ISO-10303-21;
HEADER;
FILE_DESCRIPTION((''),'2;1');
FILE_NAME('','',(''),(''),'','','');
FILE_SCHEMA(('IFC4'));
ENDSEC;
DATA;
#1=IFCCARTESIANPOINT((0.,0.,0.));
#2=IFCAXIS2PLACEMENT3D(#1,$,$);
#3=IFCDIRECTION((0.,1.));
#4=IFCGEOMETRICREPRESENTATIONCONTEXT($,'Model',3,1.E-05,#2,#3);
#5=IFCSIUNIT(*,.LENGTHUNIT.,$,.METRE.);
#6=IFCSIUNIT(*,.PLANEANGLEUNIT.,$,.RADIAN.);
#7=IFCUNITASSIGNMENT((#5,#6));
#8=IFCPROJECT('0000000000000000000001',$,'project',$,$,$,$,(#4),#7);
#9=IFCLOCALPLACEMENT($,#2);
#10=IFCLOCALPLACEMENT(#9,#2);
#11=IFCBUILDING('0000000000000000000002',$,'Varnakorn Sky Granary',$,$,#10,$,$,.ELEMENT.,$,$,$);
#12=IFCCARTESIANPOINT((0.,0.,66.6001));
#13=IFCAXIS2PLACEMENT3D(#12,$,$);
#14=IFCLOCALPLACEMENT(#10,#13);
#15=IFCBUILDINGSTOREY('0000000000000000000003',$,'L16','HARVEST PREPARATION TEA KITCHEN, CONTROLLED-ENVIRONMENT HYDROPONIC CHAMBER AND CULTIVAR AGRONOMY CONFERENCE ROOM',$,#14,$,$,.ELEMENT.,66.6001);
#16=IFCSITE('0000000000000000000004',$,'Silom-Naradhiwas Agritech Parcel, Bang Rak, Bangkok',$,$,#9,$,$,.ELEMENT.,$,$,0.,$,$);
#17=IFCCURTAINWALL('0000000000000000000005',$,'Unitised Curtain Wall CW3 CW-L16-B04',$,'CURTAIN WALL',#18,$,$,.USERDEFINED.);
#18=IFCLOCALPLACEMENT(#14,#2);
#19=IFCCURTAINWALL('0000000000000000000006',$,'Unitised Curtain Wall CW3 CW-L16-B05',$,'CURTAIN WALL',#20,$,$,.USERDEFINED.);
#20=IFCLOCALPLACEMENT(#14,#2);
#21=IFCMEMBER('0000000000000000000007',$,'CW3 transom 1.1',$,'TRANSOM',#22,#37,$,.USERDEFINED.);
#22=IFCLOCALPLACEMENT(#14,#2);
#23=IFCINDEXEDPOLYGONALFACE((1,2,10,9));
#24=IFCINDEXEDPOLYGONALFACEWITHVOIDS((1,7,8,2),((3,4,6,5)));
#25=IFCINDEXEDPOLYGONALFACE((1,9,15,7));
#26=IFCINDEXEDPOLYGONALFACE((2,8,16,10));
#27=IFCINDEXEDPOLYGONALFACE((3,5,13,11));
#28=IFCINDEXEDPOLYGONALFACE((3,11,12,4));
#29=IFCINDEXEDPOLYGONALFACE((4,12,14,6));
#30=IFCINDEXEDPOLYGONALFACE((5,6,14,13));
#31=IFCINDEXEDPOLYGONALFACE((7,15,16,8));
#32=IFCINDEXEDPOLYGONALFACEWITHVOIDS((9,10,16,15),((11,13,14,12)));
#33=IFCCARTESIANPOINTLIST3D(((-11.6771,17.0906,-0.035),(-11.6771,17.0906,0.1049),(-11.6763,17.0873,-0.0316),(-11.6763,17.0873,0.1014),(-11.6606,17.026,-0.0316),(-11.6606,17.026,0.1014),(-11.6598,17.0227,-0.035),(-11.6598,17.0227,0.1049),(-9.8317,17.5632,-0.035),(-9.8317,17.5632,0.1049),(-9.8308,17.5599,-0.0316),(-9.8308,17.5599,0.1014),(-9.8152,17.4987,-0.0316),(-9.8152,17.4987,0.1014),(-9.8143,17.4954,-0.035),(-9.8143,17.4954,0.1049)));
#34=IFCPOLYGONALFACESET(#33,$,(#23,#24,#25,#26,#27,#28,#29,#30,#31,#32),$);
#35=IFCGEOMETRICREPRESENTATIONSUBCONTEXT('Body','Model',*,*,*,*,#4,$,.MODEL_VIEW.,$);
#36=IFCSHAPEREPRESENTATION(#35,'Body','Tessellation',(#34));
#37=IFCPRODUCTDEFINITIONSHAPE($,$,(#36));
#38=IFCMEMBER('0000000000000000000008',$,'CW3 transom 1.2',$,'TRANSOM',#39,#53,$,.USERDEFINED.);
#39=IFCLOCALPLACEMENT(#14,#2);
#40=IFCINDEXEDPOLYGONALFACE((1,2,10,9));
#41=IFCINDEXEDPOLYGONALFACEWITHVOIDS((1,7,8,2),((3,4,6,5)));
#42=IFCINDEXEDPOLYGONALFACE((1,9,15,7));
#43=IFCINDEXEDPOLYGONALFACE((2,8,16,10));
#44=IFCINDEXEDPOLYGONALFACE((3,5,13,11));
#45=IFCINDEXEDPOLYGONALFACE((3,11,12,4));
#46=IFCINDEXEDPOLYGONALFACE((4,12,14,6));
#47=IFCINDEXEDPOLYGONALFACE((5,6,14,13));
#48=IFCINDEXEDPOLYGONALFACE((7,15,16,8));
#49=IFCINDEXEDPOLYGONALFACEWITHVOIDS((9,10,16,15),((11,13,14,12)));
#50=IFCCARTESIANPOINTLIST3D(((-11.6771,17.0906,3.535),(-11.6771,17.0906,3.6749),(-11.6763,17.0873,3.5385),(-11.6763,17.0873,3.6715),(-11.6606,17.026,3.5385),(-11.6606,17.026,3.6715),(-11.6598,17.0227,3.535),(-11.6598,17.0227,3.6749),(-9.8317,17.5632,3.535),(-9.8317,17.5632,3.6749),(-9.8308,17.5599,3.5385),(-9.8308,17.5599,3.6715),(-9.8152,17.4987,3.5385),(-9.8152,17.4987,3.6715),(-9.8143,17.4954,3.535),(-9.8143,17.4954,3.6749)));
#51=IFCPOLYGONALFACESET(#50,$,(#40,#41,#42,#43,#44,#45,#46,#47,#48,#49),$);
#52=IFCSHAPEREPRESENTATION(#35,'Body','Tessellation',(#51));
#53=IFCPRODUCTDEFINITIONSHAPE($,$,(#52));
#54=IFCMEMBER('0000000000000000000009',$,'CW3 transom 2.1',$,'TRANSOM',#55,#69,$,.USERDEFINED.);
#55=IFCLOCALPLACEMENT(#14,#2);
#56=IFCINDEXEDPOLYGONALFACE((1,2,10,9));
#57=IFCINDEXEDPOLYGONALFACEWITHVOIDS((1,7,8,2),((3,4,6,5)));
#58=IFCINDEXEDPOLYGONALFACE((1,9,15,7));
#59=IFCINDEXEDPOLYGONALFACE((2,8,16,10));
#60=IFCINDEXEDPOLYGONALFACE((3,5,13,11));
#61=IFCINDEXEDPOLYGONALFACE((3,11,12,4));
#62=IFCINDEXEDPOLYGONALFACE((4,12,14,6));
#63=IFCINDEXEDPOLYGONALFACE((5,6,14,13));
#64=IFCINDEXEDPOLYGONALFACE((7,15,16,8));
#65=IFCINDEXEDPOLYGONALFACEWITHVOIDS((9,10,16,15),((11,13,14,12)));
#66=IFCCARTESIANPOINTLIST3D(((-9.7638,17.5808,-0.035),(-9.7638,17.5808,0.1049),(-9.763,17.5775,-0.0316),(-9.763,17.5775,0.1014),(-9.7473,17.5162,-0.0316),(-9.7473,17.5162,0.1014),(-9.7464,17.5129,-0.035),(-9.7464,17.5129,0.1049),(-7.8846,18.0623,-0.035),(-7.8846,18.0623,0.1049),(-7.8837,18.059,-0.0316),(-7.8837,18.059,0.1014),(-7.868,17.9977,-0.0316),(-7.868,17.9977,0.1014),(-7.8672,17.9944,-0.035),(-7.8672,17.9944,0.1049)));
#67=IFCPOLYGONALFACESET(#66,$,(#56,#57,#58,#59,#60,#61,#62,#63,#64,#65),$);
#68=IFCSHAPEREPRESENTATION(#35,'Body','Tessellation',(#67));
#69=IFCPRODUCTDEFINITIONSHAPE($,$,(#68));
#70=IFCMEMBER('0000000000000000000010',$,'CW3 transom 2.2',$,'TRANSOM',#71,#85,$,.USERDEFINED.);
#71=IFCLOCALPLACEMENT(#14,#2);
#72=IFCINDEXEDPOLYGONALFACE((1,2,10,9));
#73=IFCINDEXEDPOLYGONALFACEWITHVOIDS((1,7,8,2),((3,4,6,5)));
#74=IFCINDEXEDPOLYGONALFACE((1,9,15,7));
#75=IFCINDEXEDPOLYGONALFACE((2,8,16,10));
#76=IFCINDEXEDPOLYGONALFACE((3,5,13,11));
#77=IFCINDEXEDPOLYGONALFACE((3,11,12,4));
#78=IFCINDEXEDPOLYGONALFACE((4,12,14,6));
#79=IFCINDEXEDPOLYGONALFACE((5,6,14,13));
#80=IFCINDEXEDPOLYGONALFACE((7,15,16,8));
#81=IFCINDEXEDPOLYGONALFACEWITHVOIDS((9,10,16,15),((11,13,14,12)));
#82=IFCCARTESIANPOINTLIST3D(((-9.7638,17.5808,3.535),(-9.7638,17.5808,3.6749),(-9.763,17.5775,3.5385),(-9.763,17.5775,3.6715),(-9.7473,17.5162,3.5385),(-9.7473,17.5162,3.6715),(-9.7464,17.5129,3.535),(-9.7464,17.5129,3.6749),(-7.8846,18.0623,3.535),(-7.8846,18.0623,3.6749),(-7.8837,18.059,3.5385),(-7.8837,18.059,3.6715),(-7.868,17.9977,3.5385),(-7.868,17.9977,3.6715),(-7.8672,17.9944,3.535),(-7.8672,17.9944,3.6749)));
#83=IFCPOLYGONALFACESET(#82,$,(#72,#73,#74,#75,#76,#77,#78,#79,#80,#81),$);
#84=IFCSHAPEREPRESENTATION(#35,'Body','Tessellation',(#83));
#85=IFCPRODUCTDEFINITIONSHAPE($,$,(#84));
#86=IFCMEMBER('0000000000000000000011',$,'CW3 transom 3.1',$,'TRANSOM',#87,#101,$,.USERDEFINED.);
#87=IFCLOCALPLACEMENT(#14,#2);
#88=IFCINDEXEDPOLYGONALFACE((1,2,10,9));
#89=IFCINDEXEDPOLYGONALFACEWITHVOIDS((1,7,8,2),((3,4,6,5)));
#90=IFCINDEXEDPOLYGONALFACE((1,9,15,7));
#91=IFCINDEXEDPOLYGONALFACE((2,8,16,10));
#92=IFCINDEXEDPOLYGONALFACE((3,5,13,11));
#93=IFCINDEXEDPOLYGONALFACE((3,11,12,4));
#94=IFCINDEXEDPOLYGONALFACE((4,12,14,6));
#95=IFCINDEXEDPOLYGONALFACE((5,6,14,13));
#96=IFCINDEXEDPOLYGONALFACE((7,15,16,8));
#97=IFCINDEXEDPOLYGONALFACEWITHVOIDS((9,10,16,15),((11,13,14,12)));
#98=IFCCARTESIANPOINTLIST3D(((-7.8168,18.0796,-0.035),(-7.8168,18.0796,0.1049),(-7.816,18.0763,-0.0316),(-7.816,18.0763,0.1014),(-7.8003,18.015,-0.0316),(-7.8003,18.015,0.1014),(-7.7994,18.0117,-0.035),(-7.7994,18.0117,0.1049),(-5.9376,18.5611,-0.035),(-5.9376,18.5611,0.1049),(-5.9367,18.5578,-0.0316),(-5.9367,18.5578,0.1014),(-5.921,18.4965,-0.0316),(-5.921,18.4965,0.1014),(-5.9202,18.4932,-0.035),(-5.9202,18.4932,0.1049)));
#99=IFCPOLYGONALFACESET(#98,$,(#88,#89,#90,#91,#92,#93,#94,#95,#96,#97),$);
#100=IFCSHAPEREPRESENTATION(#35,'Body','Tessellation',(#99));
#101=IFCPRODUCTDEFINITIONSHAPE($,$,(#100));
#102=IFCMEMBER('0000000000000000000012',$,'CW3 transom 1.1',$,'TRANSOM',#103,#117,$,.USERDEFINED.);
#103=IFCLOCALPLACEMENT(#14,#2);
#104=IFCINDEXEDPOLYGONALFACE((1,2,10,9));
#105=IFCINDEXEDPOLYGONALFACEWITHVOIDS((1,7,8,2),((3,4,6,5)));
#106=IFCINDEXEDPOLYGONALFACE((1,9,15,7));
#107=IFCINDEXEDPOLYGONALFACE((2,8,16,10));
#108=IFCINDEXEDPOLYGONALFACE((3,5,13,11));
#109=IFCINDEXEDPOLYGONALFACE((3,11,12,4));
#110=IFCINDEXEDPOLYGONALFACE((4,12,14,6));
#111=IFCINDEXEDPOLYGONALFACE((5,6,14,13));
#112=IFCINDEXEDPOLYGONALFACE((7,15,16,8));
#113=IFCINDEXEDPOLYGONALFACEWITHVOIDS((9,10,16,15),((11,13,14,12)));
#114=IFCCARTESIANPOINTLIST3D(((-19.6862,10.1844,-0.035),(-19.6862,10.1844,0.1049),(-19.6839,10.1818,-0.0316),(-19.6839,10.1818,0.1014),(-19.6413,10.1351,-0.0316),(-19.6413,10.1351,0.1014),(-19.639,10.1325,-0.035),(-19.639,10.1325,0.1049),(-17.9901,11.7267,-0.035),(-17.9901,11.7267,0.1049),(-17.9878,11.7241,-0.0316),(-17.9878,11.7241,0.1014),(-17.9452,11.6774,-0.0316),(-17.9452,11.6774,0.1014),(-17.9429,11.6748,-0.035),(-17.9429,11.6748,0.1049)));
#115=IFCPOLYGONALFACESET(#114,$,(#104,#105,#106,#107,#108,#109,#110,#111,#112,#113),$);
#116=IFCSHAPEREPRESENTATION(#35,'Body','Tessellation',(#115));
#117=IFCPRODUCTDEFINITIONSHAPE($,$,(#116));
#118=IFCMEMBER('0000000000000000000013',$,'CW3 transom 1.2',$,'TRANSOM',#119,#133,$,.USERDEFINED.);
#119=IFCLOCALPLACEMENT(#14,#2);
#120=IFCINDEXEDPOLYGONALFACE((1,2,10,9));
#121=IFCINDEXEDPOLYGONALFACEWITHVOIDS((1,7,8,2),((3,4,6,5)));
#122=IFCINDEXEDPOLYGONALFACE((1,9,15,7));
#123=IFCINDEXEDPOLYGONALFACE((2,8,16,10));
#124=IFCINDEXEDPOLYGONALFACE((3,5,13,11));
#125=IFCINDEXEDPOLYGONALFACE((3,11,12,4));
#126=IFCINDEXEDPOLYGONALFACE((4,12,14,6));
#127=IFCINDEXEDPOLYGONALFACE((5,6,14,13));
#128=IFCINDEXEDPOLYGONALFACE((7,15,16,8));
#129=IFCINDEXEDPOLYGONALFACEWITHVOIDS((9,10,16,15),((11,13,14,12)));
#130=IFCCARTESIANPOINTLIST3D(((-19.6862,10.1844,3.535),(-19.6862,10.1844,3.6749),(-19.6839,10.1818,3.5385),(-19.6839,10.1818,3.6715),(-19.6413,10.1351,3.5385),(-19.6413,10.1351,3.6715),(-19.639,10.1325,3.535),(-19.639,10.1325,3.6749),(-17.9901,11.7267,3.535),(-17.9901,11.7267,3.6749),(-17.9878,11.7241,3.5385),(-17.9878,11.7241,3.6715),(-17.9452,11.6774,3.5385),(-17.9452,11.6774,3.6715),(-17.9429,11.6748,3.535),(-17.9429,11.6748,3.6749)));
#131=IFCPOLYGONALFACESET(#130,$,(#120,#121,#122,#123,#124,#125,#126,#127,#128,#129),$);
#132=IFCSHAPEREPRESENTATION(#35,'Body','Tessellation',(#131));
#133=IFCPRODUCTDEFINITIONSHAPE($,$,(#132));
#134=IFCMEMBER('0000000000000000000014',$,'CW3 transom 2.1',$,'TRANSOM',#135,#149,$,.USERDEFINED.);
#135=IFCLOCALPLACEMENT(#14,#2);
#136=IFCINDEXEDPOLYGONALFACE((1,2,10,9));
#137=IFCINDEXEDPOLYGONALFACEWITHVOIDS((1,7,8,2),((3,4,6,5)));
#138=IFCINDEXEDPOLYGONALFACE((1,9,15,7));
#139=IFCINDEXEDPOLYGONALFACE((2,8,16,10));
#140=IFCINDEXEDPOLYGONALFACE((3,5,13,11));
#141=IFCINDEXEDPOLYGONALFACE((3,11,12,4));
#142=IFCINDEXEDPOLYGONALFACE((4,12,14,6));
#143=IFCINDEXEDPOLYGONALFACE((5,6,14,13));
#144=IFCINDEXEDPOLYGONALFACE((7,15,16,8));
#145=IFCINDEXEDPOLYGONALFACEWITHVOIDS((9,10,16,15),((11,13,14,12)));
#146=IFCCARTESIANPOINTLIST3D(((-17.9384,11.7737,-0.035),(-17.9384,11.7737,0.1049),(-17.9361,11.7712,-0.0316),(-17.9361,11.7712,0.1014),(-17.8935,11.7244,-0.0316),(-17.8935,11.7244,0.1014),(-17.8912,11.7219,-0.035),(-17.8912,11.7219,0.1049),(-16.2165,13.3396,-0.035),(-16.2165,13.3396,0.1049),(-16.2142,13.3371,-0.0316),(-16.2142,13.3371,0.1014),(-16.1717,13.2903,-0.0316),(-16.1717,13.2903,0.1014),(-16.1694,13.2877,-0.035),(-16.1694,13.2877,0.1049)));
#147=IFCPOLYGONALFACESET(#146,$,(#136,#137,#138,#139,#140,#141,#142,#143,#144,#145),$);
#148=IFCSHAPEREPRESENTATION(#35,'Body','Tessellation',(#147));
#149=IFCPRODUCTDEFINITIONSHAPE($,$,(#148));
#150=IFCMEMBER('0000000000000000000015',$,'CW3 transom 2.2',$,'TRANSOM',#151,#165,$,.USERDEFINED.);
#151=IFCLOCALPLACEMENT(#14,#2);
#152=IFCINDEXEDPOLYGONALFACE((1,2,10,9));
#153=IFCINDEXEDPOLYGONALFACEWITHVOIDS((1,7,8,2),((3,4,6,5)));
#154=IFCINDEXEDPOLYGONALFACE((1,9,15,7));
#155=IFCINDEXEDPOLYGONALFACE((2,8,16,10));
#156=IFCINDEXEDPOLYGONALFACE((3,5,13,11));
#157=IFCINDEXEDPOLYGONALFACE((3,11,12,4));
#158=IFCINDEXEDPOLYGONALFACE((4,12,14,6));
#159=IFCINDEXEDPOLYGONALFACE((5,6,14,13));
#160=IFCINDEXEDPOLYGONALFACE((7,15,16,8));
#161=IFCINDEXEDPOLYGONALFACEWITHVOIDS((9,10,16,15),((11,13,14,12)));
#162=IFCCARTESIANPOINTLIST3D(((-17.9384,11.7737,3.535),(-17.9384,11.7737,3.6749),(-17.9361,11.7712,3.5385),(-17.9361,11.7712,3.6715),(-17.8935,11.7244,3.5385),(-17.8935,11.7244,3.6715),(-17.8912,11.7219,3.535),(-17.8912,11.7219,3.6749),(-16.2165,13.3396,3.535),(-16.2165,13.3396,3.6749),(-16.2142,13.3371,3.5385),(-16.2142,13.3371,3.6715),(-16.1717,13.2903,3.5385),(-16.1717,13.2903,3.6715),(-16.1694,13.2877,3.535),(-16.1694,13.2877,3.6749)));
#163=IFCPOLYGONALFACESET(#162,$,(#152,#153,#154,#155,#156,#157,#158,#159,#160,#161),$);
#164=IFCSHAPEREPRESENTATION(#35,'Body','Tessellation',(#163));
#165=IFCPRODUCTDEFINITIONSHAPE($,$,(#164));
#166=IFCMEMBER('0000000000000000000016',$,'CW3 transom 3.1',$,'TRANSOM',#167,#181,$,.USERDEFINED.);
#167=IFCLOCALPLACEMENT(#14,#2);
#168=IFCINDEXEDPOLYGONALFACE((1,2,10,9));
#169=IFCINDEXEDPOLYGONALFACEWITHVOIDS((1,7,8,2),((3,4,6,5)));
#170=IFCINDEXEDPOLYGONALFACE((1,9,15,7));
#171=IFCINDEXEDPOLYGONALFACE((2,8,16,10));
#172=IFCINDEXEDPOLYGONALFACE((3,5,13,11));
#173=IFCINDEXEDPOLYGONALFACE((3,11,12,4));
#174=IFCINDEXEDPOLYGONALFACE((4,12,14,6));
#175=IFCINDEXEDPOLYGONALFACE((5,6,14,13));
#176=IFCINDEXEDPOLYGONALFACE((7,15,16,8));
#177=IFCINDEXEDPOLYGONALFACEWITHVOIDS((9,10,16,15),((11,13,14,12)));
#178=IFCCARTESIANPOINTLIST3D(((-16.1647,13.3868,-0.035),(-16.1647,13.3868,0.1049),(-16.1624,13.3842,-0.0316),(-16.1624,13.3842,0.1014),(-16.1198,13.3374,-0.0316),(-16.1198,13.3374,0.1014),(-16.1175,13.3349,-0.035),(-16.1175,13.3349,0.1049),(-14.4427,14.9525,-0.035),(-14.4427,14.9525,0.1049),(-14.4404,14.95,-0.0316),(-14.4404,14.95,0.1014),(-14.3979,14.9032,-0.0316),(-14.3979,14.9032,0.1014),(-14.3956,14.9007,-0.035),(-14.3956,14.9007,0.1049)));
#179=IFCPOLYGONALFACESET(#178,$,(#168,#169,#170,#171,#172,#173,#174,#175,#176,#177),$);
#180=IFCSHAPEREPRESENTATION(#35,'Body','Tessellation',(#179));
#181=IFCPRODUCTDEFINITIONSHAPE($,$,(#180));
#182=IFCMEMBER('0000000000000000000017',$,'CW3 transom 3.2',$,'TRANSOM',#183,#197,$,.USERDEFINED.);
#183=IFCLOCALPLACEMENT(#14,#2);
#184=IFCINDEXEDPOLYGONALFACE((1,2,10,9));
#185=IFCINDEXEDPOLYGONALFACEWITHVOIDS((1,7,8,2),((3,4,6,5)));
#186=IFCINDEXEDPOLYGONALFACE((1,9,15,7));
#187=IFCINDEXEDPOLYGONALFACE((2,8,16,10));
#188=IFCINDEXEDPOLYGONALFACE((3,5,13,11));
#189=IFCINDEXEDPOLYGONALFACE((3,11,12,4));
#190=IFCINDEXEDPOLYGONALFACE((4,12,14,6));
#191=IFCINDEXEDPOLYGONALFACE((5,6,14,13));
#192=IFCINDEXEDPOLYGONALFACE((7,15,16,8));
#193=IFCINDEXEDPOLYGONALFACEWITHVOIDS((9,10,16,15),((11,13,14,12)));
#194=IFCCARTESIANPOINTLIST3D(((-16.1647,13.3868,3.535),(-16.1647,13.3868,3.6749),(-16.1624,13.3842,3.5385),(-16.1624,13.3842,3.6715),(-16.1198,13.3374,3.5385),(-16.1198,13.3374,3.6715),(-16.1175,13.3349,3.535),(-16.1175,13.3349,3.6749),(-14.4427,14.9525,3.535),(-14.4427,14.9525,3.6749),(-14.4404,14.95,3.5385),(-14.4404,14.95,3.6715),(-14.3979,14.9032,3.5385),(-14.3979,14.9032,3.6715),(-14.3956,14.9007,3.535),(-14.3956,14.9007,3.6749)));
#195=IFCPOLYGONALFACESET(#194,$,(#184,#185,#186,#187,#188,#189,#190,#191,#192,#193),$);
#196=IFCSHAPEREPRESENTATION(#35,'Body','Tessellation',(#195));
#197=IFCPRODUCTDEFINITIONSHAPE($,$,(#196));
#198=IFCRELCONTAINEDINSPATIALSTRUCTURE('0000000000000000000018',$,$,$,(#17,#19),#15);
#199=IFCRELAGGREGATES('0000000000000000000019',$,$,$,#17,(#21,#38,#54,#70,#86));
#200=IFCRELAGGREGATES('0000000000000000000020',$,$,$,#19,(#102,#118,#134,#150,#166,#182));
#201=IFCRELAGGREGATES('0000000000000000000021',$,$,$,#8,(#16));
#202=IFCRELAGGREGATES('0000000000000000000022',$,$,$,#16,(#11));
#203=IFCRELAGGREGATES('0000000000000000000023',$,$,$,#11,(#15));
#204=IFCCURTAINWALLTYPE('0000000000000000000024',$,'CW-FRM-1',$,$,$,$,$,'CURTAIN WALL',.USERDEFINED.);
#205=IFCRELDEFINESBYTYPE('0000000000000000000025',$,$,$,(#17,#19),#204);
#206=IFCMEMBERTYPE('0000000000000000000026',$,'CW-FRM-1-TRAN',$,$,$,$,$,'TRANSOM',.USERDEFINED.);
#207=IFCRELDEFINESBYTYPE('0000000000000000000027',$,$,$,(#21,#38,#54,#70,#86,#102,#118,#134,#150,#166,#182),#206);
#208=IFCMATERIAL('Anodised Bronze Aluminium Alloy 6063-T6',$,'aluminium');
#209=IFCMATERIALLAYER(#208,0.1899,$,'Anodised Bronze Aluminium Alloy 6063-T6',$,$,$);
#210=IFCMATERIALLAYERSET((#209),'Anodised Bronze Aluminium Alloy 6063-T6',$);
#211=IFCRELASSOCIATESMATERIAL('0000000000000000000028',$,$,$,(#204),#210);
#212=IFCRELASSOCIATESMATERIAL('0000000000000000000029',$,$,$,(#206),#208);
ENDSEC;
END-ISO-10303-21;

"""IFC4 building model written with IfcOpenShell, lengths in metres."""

from ifc_helpers import new_model, si_unit, direction, frame, origin, origin_2d, place, context, subcontext, project, spatial, hollow_rectangle, extrude, material, layer, layer_set, material_profile, profile_set, type_object, element, aggregate, save


model = new_model("IFC4")

# Units and contexts
model_context = context("Model", 3, precision=1e-05, world=origin(), true_north=direction((0.0, 1.0)))
body_context = subcontext(model_context, "Body", "Model", "MODEL_VIEW")
ifc_project = project(units=[si_unit("LENGTHUNIT", "METRE"), si_unit("PLANEANGLEUNIT", "RADIAN")], contexts=[model_context])

# Site, building, storey
site_placement = place(None, origin())
site = spatial("IfcSite", under=ifc_project, at=site_placement, Name="Silom-Naradhiwas Agritech Parcel, Bang Rak, Bangkok", CompositionType="ELEMENT", RefElevation=0.0)
building_placement = place(site_placement, origin())
building = spatial("IfcBuilding", under=site, at=building_placement, Name="Varnakorn Sky Granary", CompositionType="ELEMENT")
storey_placement = place(building_placement, frame((0.0, 0.0, 66.6001)))
storey = spatial("IfcBuildingStorey", under=building, at=storey_placement, Name="L16", Description="HARVEST PREPARATION TEA KITCHEN, CONTROLLED-ENVIRONMENT HYDROPONIC CHAMBER AND CULTIVAR AGRONOMY CONFERENCE ROOM", CompositionType="ELEMENT", Elevation=66.6001)

# Curtain walls
ifc_material_1 = material(Name="Anodised Bronze Aluminium Alloy 6063-T6", Category="aluminium")
ifc_layer_1 = layer(ifc_material_1, 0.1899, Name="Anodised Bronze Aluminium Alloy 6063-T6")
ifc_layer_set_1 = layer_set([ifc_layer_1], Name="Anodised Bronze Aluminium Alloy 6063-T6")
curtain_wall_type = type_object("IfcCurtainWallType", Name="CW-FRM-1", ElementType="CURTAIN WALL", PredefinedType="USERDEFINED", material=ifc_layer_set_1)
curtain_wall_1_placement = place(storey_placement, origin())
curtain_wall_1 = element("IfcCurtainWall", 1, at=curtain_wall_1_placement, inside=storey, type_object=curtain_wall_type, Name="Unitised Curtain Wall CW3 CW-L16-B04", ObjectType="CURTAIN WALL", PredefinedType="USERDEFINED")
curtain_wall_2_placement = place(storey_placement, origin())
curtain_wall_2 = element("IfcCurtainWall", 2, at=curtain_wall_2_placement, inside=storey, type_object=curtain_wall_type, Name="Unitised Curtain Wall CW3 CW-L16-B05", ObjectType="CURTAIN WALL", PredefinedType="USERDEFINED")

# Members
ifc_material_profile_1 = material_profile(ifc_material_1, hollow_rectangle(XDim=0.0701, YDim=0.1399, WallThickness=0.0034, at=origin_2d()), Name="ALU TRAN 70x140")
ifc_profile_set_1 = profile_set([ifc_material_profile_1], Name="Anodised Bronze Aluminium Alloy 6063-T6")
member_type_1 = type_object("IfcMemberType", Name="CW-FRM-1-TRAN", ElementType="TRANSOM", PredefinedType="USERDEFINED", material=ifc_profile_set_1)
member_1_placement = place(storey_placement, frame((-11.6685, 17.0566, 0.0349), z_axis=(0.968732, 0.24811, 0.0), x_axis=(-0.24811, 0.968732, 0.0)))
member_1 = element("IfcMember", 3, at=member_1_placement, type_object=member_type_1, Name="CW3 transom 1.1", ObjectType="TRANSOM", PredefinedType="USERDEFINED", context=body_context, shape_type="SweptSolid", body=[
    extrude(hollow_rectangle(XDim=0.0701, YDim=0.1399, WallThickness=0.0034, at=origin_2d()), origin(), (0.0, 0.0, 1.0), 1.905),
])
member_2_placement = place(storey_placement, frame((-11.6685, 17.0566, 3.605), z_axis=(0.968732, 0.24811, 0.0), x_axis=(-0.24811, 0.968732, 0.0)))
member_2 = element("IfcMember", 4, at=member_2_placement, type_object=member_type_1, Name="CW3 transom 1.2", ObjectType="TRANSOM", PredefinedType="USERDEFINED", context=body_context, shape_type="SweptSolid", body=[
    extrude(hollow_rectangle(XDim=0.0701, YDim=0.1399, WallThickness=0.0034, at=origin_2d()), origin(), (0.0, 0.0, 1.0), 1.905),
])
member_3_placement = place(storey_placement, frame((-9.7551, 17.5469, 0.0349), z_axis=(0.968712, 0.248188, 0.0), x_axis=(-0.248188, 0.968712, 0.0)))
member_3 = element("IfcMember", 5, at=member_3_placement, type_object=member_type_1, Name="CW3 transom 2.1", ObjectType="TRANSOM", PredefinedType="USERDEFINED", context=body_context, shape_type="SweptSolid", body=[
    extrude(hollow_rectangle(XDim=0.0701, YDim=0.1399, WallThickness=0.0034, at=origin_2d()), origin(), (0.0, 0.0, 1.0), 1.9399),
])
member_4_placement = place(storey_placement, frame((-9.7551, 17.5469, 3.605), z_axis=(0.968712, 0.248188, 0.0), x_axis=(-0.248188, 0.968712, 0.0)))
member_4 = element("IfcMember", 6, at=member_4_placement, type_object=member_type_1, Name="CW3 transom 2.2", ObjectType="TRANSOM", PredefinedType="USERDEFINED", context=body_context, shape_type="SweptSolid", body=[
    extrude(hollow_rectangle(XDim=0.0701, YDim=0.1399, WallThickness=0.0034, at=origin_2d()), origin(), (0.0, 0.0, 1.0), 1.9399),
])
member_5_placement = place(storey_placement, frame((-7.8081, 18.0457, 0.0349), z_axis=(0.968712, 0.248188, 0.0), x_axis=(-0.248188, 0.968712, 0.0)))
member_5 = element("IfcMember", 7, at=member_5_placement, type_object=member_type_1, Name="CW3 transom 3.1", ObjectType="TRANSOM", PredefinedType="USERDEFINED", context=body_context, shape_type="SweptSolid", body=[
    extrude(hollow_rectangle(XDim=0.0701, YDim=0.1399, WallThickness=0.0034, at=origin_2d()), origin(), (0.0, 0.0, 1.0), 1.9399),
])
member_6_placement = place(storey_placement, frame((-19.6626, 10.1584, 0.0349), z_axis=(0.739858, 0.672763, 0.0), x_axis=(-0.672763, 0.739858, 0.0)))
member_6 = element("IfcMember", 8, at=member_6_placement, type_object=member_type_1, Name="CW3 transom 1.1", ObjectType="TRANSOM", PredefinedType="USERDEFINED", context=body_context, shape_type="SweptSolid", body=[
    extrude(hollow_rectangle(XDim=0.0701, YDim=0.1399, WallThickness=0.0034, at=origin_2d()), origin(), (0.0, 0.0, 1.0), 2.2925),
])
member_7_placement = place(storey_placement, frame((-19.6626, 10.1584, 3.605), z_axis=(0.739858, 0.672763, 0.0), x_axis=(-0.672763, 0.739858, 0.0)))
member_7 = element("IfcMember", 9, at=member_7_placement, type_object=member_type_1, Name="CW3 transom 1.2", ObjectType="TRANSOM", PredefinedType="USERDEFINED", context=body_context, shape_type="SweptSolid", body=[
    extrude(hollow_rectangle(XDim=0.0701, YDim=0.1399, WallThickness=0.0034, at=origin_2d()), origin(), (0.0, 0.0, 1.0), 2.2925),
])
member_8_placement = place(storey_placement, frame((-17.9148, 11.7478, 0.0349), z_axis=(0.739826, 0.672798, 0.0), x_axis=(-0.672798, 0.739826, 0.0)))
member_8 = element("IfcMember", 10, at=member_8_placement, type_object=member_type_1, Name="CW3 transom 2.1", ObjectType="TRANSOM", PredefinedType="USERDEFINED", context=body_context, shape_type="SweptSolid", body=[
    extrude(hollow_rectangle(XDim=0.0701, YDim=0.1399, WallThickness=0.0034, at=origin_2d()), origin(), (0.0, 0.0, 1.0), 2.3274),
])
member_9_placement = place(storey_placement, frame((-17.9148, 11.7478, 3.605), z_axis=(0.739826, 0.672798, 0.0), x_axis=(-0.672798, 0.739826, 0.0)))
member_9 = element("IfcMember", 11, at=member_9_placement, type_object=member_type_1, Name="CW3 transom 2.2", ObjectType="TRANSOM", PredefinedType="USERDEFINED", context=body_context, shape_type="SweptSolid", body=[
    extrude(hollow_rectangle(XDim=0.0701, YDim=0.1399, WallThickness=0.0034, at=origin_2d()), origin(), (0.0, 0.0, 1.0), 2.3274),
])
member_10_placement = place(storey_placement, frame((-16.1411, 13.3608, 0.0349), z_axis=(0.739878, 0.672741, 0.0), x_axis=(-0.672741, 0.739878, 0.0)))
member_10 = element("IfcMember", 12, at=member_10_placement, type_object=member_type_1, Name="CW3 transom 3.1", ObjectType="TRANSOM", PredefinedType="USERDEFINED", context=body_context, shape_type="SweptSolid", body=[
    extrude(hollow_rectangle(XDim=0.0701, YDim=0.1399, WallThickness=0.0034, at=origin_2d()), origin(), (0.0, 0.0, 1.0), 2.3274),
])
member_11_placement = place(storey_placement, frame((-16.1411, 13.3608, 3.605), z_axis=(0.739878, 0.672741, 0.0), x_axis=(-0.672741, 0.739878, 0.0)))
member_11 = element("IfcMember", 13, at=member_11_placement, type_object=member_type_1, Name="CW3 transom 3.2", ObjectType="TRANSOM", PredefinedType="USERDEFINED", context=body_context, shape_type="SweptSolid", body=[
    extrude(hollow_rectangle(XDim=0.0701, YDim=0.1399, WallThickness=0.0034, at=origin_2d()), origin(), (0.0, 0.0, 1.0), 2.3274),
])

aggregate(curtain_wall_1, [member_1, member_2, member_3, member_4, member_5])
aggregate(curtain_wall_2, [member_6, member_7, member_8, member_9, member_10, member_11])

save(model, "model.ifc")
